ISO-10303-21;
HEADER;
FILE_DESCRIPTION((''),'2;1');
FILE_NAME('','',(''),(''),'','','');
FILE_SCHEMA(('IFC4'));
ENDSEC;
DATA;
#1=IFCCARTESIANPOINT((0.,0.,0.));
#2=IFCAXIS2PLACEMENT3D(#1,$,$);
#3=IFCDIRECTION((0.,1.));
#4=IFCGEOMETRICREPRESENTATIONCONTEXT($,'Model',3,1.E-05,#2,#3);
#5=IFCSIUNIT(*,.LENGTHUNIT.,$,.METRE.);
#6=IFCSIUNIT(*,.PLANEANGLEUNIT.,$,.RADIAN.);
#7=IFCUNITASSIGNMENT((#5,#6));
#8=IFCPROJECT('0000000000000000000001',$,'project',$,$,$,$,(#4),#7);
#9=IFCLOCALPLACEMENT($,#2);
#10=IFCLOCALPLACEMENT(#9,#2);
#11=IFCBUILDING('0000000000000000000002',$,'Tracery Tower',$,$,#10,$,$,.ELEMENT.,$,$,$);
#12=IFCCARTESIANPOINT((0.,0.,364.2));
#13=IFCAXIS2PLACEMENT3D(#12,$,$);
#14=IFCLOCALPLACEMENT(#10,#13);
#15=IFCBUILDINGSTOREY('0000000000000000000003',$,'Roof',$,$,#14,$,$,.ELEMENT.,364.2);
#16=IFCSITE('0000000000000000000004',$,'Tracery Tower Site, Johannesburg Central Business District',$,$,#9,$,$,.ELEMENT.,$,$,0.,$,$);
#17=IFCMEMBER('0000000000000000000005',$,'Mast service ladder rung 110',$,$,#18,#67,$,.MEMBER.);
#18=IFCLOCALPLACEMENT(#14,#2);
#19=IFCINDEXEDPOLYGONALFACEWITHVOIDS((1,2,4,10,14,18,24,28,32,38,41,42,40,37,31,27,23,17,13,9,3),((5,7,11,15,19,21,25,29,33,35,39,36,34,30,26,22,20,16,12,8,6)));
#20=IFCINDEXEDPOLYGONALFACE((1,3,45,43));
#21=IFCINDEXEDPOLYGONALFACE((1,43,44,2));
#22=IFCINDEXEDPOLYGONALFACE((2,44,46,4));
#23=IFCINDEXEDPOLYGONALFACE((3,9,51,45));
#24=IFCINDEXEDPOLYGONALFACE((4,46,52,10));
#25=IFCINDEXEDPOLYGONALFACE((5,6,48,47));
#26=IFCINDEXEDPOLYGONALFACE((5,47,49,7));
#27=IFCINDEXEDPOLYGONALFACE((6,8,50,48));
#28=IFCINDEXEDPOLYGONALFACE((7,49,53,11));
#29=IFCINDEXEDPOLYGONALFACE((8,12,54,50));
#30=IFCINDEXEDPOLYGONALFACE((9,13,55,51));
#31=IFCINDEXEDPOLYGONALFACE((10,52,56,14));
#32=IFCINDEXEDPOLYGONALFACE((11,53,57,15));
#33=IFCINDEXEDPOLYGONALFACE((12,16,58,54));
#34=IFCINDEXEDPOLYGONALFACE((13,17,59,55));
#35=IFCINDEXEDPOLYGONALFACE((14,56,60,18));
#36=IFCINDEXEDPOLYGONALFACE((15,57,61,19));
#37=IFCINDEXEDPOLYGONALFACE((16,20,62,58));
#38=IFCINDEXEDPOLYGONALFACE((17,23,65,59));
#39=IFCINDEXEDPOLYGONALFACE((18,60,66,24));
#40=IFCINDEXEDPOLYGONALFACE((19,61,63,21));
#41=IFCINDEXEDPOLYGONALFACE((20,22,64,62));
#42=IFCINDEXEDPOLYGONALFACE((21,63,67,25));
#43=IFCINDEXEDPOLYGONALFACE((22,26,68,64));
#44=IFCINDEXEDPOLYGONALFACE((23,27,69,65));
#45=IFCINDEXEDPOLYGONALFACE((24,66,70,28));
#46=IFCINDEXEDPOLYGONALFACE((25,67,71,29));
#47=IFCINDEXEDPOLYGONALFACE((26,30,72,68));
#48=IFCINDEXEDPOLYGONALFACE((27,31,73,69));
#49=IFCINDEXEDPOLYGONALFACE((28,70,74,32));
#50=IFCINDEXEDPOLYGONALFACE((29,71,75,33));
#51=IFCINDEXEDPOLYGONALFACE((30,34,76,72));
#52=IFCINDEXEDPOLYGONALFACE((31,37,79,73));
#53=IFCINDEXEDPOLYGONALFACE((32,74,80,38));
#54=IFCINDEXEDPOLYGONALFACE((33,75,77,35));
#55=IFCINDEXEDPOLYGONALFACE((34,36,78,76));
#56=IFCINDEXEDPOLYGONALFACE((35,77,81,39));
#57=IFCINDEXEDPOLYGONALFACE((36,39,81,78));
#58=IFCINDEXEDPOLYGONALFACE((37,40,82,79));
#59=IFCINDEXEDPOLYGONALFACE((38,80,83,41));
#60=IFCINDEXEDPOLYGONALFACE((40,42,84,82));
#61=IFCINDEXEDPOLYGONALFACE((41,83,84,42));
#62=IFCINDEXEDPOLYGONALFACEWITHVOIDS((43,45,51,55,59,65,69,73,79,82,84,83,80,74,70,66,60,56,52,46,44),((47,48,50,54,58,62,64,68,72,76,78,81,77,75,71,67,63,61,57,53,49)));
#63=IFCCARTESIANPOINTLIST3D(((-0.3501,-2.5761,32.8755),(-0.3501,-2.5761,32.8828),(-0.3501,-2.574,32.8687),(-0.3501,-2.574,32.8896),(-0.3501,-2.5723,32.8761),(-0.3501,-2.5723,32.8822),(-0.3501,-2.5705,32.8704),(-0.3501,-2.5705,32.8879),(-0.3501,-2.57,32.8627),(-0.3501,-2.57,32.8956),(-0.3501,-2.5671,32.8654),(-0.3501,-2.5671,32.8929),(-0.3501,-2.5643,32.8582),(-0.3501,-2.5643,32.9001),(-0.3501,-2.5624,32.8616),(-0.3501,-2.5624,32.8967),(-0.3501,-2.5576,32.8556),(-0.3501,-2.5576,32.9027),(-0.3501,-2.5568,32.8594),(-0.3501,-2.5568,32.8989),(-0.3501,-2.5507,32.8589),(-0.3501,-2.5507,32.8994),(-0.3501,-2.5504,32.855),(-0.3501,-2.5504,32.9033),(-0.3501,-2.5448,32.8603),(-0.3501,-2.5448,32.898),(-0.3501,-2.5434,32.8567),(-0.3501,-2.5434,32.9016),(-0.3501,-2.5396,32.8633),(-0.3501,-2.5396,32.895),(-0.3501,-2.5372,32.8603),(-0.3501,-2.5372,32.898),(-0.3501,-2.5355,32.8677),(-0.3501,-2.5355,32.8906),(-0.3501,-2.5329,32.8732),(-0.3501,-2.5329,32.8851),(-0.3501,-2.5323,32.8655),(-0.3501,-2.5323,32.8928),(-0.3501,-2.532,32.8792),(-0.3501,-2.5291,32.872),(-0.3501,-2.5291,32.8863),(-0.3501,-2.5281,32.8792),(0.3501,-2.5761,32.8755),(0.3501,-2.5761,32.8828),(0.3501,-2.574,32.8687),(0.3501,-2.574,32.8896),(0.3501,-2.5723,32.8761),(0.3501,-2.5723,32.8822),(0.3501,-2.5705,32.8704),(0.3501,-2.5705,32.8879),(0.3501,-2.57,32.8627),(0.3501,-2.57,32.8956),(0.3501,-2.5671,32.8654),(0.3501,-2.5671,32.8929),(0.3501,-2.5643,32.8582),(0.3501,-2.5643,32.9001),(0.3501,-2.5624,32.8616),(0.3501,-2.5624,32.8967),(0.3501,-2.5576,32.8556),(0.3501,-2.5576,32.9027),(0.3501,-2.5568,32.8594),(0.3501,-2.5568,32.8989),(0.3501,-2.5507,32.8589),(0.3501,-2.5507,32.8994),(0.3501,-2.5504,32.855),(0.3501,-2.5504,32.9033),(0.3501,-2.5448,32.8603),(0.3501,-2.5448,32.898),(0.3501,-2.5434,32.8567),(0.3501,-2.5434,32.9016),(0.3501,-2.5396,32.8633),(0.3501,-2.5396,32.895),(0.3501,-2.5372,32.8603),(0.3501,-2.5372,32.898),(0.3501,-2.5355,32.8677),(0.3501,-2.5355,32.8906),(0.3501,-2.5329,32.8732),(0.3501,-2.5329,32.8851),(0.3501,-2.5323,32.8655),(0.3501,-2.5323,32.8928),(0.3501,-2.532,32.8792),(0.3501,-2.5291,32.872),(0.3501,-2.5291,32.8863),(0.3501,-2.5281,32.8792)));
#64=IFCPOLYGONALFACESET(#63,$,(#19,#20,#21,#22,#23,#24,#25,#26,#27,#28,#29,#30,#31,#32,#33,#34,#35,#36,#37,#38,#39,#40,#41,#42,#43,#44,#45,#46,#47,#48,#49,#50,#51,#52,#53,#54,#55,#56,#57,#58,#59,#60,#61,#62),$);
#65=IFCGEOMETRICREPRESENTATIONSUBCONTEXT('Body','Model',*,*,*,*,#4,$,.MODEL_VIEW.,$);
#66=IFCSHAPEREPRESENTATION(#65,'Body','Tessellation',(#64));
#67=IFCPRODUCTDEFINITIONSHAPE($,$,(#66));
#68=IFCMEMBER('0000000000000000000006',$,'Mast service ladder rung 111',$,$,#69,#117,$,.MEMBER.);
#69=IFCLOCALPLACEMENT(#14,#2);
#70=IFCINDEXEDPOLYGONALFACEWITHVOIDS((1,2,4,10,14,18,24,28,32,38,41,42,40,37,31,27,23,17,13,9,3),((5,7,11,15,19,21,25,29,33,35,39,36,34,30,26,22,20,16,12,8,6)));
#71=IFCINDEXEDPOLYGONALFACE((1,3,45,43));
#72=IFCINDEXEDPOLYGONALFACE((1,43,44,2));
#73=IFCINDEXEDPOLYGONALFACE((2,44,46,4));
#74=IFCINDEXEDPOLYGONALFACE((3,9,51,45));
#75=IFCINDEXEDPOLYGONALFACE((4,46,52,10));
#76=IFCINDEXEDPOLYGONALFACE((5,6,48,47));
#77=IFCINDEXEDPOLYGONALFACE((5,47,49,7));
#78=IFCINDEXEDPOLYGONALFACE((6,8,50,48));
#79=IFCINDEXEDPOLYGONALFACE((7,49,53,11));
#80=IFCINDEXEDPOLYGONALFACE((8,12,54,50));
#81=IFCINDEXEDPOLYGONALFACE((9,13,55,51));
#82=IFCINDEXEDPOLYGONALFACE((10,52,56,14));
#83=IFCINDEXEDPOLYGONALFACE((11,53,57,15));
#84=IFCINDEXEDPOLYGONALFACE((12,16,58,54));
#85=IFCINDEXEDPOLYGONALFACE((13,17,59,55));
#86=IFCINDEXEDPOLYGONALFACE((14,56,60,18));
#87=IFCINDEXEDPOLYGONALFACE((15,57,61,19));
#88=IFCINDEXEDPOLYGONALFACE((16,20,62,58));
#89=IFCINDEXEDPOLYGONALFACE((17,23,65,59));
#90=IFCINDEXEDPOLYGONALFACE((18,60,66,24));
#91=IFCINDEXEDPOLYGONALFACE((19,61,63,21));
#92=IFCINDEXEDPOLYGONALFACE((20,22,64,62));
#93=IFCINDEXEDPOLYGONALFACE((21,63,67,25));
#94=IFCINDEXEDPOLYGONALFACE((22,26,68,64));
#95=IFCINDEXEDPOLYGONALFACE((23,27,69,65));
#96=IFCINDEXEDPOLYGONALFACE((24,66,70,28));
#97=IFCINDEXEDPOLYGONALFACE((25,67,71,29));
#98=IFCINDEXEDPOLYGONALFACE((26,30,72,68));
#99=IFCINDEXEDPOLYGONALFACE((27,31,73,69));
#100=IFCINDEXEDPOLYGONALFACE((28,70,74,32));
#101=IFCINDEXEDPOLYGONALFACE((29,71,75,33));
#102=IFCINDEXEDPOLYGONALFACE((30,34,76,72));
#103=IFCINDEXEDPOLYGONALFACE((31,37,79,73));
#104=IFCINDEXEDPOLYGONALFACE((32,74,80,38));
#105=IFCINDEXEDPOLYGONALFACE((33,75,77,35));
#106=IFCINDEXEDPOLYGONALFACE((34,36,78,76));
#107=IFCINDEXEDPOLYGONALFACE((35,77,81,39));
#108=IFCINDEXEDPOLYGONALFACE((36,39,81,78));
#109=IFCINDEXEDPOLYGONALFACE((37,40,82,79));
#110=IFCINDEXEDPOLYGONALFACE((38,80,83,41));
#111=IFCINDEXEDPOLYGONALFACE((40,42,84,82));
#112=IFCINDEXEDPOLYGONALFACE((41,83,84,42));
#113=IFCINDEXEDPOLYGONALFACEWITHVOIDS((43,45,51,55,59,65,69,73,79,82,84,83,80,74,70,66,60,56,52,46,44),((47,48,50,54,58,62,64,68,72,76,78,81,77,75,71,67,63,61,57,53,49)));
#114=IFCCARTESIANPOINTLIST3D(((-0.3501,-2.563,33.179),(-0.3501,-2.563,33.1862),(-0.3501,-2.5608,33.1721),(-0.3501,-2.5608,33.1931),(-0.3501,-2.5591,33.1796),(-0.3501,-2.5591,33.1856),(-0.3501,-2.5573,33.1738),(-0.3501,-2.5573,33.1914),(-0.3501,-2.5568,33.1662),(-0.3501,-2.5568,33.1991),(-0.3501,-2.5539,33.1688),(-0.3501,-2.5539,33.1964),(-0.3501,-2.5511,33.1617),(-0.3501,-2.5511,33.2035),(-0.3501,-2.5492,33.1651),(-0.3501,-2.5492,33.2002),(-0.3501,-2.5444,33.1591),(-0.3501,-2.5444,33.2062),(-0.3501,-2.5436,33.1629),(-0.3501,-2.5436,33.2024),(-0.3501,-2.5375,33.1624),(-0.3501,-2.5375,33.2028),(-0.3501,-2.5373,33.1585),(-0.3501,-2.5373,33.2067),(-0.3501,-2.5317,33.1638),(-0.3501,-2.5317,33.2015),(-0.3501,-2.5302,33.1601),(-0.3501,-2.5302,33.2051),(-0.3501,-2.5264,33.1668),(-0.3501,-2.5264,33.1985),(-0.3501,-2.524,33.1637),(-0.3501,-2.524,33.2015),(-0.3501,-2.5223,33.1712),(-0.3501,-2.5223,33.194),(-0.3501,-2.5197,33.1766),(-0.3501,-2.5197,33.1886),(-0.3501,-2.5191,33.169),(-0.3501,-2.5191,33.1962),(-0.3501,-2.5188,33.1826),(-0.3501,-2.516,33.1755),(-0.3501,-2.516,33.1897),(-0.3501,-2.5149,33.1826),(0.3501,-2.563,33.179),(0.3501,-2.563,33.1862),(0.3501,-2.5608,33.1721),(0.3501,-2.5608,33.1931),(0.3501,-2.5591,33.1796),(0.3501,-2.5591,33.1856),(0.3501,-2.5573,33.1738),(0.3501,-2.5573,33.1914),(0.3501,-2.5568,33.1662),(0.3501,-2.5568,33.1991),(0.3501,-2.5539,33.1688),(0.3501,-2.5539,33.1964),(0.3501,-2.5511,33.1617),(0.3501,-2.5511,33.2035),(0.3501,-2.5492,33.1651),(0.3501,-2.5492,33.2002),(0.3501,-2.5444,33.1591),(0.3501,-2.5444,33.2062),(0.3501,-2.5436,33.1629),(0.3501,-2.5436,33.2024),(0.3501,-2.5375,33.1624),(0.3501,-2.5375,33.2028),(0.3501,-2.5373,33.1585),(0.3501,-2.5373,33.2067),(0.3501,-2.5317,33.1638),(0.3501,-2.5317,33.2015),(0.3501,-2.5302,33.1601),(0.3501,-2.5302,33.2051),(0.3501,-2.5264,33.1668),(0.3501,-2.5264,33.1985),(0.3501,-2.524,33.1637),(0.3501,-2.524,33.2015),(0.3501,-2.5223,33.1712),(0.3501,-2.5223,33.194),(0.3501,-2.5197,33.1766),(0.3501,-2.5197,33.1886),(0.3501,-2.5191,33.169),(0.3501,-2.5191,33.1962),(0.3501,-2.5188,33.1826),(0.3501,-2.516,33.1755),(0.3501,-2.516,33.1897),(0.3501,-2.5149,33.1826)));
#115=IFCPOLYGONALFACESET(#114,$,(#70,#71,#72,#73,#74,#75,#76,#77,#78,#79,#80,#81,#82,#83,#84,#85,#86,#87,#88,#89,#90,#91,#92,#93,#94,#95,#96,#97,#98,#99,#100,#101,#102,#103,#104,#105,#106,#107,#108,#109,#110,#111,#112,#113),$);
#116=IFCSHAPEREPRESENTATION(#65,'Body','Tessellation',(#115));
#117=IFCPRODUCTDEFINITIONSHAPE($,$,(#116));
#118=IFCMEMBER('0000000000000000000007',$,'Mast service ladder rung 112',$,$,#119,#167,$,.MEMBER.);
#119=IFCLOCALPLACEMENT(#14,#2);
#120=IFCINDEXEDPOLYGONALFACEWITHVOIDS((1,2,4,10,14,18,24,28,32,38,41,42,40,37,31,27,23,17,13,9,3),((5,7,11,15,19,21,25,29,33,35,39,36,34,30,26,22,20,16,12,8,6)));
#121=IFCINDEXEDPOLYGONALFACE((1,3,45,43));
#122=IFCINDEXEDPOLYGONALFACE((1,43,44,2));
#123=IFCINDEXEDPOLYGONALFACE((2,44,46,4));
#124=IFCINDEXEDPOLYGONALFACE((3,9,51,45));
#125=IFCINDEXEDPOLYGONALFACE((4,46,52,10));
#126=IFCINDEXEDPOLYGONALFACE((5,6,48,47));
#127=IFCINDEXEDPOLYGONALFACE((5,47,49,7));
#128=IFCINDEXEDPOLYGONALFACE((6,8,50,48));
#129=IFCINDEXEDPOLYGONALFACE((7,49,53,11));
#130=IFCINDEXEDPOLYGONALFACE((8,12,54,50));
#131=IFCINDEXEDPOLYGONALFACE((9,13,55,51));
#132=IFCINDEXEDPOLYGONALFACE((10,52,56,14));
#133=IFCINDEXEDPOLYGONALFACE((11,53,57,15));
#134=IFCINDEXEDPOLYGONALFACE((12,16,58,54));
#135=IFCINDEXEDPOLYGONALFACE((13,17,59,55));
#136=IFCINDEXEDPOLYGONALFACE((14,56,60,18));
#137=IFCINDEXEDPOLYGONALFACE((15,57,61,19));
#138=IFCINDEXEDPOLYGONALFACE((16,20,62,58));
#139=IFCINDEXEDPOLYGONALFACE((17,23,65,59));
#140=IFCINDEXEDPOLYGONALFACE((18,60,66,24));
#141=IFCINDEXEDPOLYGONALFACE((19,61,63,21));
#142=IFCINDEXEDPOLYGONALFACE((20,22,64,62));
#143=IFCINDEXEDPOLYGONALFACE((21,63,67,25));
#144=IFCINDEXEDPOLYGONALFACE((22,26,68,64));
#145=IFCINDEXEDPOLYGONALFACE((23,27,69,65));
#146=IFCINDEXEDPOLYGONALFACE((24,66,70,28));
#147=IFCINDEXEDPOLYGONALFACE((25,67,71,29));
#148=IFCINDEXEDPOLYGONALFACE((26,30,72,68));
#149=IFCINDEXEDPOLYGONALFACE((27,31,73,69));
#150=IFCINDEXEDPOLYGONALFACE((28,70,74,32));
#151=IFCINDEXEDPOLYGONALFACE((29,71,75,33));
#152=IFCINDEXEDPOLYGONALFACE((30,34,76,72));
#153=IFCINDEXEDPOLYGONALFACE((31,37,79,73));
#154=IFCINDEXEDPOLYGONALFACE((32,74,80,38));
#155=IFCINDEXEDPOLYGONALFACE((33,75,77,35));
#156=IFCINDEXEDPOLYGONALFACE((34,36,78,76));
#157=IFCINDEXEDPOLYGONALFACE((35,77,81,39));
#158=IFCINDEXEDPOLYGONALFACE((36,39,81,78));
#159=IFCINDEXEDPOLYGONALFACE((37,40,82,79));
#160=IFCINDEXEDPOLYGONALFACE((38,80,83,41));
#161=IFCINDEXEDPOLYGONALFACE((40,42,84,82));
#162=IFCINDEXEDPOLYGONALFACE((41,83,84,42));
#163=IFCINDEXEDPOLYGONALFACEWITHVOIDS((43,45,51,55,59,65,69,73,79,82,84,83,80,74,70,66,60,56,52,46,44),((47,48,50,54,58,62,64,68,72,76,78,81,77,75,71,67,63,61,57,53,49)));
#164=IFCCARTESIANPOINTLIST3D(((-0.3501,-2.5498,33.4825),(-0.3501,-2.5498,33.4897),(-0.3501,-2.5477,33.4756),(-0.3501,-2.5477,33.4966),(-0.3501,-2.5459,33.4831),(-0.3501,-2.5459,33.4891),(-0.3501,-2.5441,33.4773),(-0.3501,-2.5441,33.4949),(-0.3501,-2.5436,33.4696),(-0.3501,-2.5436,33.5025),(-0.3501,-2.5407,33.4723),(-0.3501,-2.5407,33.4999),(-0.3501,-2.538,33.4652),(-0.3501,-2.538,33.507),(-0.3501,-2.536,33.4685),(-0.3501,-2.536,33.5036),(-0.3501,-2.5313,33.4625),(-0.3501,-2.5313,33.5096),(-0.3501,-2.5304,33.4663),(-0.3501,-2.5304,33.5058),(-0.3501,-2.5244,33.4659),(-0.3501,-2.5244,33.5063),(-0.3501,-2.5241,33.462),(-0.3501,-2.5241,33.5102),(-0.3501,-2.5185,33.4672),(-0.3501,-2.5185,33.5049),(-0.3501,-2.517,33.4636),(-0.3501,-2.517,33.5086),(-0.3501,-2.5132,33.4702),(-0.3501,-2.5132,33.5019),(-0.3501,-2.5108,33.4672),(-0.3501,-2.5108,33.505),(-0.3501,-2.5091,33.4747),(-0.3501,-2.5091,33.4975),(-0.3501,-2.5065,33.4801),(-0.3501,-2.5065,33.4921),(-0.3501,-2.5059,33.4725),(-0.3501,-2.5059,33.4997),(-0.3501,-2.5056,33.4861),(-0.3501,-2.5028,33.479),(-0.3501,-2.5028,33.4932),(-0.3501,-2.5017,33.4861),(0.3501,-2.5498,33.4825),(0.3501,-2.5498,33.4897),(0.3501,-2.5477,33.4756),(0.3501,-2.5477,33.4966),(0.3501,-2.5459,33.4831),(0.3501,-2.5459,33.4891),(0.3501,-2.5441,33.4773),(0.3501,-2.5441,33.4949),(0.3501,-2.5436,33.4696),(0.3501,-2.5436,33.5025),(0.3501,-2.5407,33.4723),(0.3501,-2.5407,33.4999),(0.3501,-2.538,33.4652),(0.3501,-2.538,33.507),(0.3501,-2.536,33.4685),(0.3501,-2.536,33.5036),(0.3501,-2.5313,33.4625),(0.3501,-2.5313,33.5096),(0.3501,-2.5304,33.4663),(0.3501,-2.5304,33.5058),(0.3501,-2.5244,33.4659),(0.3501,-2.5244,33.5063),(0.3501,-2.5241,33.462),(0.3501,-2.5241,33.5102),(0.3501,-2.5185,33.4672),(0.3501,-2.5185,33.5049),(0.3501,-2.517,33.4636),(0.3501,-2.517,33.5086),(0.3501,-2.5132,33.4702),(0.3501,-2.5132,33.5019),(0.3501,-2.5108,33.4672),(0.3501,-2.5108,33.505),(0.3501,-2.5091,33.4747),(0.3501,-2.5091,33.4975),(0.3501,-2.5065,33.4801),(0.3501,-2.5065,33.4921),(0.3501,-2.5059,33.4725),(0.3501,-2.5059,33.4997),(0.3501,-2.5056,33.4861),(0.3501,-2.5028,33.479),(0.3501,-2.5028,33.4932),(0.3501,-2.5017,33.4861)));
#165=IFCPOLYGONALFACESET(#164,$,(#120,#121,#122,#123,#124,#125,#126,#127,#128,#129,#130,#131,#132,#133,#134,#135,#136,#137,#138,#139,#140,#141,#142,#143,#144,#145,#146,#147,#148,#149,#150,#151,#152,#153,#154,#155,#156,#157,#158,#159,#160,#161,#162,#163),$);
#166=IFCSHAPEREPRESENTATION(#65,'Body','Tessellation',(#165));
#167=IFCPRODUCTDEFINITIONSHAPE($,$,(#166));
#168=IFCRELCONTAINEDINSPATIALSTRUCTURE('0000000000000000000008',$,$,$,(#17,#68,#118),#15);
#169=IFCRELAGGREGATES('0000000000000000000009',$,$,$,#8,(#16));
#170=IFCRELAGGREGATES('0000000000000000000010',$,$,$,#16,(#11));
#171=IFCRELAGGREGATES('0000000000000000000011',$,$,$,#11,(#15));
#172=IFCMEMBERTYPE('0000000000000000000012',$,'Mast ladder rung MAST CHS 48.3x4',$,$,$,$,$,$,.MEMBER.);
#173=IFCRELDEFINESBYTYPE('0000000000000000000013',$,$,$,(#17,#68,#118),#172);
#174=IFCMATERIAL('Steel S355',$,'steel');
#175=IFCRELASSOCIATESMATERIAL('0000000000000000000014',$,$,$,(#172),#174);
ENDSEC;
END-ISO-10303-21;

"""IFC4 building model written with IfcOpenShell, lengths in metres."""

from ifc_helpers import new_model, si_unit, direction, frame, origin, origin_2d, place, context, subcontext, project, spatial, hollow_circle, extrude, material, material_profile, profile_set, type_object, element, save


model = new_model("IFC4")

# Units and contexts
model_context = context("Model", 3, precision=1e-05, world=origin(), true_north=direction((0.0, 1.0)))
body_context = subcontext(model_context, "Body", "Model", "MODEL_VIEW")
ifc_project = project(units=[si_unit("LENGTHUNIT", "METRE"), si_unit("PLANEANGLEUNIT", "RADIAN")], contexts=[model_context])

# Site, building, storey
site_placement = place(None, origin())
site = spatial("IfcSite", under=ifc_project, at=site_placement, Name="Tracery Tower Site, Johannesburg Central Business District", CompositionType="ELEMENT", RefElevation=0.0)
building_placement = place(site_placement, origin())
building = spatial("IfcBuilding", under=site, at=building_placement, Name="Tracery Tower", CompositionType="ELEMENT")
storey_placement = place(building_placement, frame((0.0, 0.0, 364.2)))
storey = spatial("IfcBuildingStorey", under=building, at=storey_placement, Name="Roof", CompositionType="ELEMENT", Elevation=364.2)

# Members
ifc_material_1 = material(Name="Steel S355", Category="steel")
ifc_material_profile_1 = material_profile(ifc_material_1, hollow_circle(Radius=0.0242, WallThickness=0.0039, at=origin_2d()), Name="CHS 48.3x4")
ifc_profile_set_1 = profile_set([ifc_material_profile_1], Name="Steel S355")
member_type_1 = type_object("IfcMemberType", Name="Mast ladder rung MAST CHS 48.3x4", PredefinedType="MEMBER", material=ifc_profile_set_1)
for number, where, z_axis, x_axis, name in (
    (1, (-0.3501, -2.5522, 32.8792), (1.0, 0.0, 0.0), (0.0, 1.0, 0.0), "Mast service ladder rung 110"),
    (2, (-0.3501, -2.5391, 33.1826), (1.0, 0.0, 0.0), (0.0, 1.0, 0.0), "Mast service ladder rung 111"),
    (3, (-0.3501, -2.5259, 33.4861), (1.0, 0.0, 0.0), (0.0, 1.0, 0.0), "Mast service ladder rung 112"),
):
    element("IfcMember", number, at=place(storey_placement, frame(where, z_axis=z_axis, x_axis=x_axis)), inside=storey, type_object=member_type_1, Name=name, PredefinedType="MEMBER", context=body_context, shape_type="SweptSolid", body=[
        extrude(hollow_circle(Radius=0.0242, WallThickness=0.0039, at=origin_2d()), origin(), (0.0, 0.0, 1.0), 0.7002),
    ])

save(model, "model.ifc")
